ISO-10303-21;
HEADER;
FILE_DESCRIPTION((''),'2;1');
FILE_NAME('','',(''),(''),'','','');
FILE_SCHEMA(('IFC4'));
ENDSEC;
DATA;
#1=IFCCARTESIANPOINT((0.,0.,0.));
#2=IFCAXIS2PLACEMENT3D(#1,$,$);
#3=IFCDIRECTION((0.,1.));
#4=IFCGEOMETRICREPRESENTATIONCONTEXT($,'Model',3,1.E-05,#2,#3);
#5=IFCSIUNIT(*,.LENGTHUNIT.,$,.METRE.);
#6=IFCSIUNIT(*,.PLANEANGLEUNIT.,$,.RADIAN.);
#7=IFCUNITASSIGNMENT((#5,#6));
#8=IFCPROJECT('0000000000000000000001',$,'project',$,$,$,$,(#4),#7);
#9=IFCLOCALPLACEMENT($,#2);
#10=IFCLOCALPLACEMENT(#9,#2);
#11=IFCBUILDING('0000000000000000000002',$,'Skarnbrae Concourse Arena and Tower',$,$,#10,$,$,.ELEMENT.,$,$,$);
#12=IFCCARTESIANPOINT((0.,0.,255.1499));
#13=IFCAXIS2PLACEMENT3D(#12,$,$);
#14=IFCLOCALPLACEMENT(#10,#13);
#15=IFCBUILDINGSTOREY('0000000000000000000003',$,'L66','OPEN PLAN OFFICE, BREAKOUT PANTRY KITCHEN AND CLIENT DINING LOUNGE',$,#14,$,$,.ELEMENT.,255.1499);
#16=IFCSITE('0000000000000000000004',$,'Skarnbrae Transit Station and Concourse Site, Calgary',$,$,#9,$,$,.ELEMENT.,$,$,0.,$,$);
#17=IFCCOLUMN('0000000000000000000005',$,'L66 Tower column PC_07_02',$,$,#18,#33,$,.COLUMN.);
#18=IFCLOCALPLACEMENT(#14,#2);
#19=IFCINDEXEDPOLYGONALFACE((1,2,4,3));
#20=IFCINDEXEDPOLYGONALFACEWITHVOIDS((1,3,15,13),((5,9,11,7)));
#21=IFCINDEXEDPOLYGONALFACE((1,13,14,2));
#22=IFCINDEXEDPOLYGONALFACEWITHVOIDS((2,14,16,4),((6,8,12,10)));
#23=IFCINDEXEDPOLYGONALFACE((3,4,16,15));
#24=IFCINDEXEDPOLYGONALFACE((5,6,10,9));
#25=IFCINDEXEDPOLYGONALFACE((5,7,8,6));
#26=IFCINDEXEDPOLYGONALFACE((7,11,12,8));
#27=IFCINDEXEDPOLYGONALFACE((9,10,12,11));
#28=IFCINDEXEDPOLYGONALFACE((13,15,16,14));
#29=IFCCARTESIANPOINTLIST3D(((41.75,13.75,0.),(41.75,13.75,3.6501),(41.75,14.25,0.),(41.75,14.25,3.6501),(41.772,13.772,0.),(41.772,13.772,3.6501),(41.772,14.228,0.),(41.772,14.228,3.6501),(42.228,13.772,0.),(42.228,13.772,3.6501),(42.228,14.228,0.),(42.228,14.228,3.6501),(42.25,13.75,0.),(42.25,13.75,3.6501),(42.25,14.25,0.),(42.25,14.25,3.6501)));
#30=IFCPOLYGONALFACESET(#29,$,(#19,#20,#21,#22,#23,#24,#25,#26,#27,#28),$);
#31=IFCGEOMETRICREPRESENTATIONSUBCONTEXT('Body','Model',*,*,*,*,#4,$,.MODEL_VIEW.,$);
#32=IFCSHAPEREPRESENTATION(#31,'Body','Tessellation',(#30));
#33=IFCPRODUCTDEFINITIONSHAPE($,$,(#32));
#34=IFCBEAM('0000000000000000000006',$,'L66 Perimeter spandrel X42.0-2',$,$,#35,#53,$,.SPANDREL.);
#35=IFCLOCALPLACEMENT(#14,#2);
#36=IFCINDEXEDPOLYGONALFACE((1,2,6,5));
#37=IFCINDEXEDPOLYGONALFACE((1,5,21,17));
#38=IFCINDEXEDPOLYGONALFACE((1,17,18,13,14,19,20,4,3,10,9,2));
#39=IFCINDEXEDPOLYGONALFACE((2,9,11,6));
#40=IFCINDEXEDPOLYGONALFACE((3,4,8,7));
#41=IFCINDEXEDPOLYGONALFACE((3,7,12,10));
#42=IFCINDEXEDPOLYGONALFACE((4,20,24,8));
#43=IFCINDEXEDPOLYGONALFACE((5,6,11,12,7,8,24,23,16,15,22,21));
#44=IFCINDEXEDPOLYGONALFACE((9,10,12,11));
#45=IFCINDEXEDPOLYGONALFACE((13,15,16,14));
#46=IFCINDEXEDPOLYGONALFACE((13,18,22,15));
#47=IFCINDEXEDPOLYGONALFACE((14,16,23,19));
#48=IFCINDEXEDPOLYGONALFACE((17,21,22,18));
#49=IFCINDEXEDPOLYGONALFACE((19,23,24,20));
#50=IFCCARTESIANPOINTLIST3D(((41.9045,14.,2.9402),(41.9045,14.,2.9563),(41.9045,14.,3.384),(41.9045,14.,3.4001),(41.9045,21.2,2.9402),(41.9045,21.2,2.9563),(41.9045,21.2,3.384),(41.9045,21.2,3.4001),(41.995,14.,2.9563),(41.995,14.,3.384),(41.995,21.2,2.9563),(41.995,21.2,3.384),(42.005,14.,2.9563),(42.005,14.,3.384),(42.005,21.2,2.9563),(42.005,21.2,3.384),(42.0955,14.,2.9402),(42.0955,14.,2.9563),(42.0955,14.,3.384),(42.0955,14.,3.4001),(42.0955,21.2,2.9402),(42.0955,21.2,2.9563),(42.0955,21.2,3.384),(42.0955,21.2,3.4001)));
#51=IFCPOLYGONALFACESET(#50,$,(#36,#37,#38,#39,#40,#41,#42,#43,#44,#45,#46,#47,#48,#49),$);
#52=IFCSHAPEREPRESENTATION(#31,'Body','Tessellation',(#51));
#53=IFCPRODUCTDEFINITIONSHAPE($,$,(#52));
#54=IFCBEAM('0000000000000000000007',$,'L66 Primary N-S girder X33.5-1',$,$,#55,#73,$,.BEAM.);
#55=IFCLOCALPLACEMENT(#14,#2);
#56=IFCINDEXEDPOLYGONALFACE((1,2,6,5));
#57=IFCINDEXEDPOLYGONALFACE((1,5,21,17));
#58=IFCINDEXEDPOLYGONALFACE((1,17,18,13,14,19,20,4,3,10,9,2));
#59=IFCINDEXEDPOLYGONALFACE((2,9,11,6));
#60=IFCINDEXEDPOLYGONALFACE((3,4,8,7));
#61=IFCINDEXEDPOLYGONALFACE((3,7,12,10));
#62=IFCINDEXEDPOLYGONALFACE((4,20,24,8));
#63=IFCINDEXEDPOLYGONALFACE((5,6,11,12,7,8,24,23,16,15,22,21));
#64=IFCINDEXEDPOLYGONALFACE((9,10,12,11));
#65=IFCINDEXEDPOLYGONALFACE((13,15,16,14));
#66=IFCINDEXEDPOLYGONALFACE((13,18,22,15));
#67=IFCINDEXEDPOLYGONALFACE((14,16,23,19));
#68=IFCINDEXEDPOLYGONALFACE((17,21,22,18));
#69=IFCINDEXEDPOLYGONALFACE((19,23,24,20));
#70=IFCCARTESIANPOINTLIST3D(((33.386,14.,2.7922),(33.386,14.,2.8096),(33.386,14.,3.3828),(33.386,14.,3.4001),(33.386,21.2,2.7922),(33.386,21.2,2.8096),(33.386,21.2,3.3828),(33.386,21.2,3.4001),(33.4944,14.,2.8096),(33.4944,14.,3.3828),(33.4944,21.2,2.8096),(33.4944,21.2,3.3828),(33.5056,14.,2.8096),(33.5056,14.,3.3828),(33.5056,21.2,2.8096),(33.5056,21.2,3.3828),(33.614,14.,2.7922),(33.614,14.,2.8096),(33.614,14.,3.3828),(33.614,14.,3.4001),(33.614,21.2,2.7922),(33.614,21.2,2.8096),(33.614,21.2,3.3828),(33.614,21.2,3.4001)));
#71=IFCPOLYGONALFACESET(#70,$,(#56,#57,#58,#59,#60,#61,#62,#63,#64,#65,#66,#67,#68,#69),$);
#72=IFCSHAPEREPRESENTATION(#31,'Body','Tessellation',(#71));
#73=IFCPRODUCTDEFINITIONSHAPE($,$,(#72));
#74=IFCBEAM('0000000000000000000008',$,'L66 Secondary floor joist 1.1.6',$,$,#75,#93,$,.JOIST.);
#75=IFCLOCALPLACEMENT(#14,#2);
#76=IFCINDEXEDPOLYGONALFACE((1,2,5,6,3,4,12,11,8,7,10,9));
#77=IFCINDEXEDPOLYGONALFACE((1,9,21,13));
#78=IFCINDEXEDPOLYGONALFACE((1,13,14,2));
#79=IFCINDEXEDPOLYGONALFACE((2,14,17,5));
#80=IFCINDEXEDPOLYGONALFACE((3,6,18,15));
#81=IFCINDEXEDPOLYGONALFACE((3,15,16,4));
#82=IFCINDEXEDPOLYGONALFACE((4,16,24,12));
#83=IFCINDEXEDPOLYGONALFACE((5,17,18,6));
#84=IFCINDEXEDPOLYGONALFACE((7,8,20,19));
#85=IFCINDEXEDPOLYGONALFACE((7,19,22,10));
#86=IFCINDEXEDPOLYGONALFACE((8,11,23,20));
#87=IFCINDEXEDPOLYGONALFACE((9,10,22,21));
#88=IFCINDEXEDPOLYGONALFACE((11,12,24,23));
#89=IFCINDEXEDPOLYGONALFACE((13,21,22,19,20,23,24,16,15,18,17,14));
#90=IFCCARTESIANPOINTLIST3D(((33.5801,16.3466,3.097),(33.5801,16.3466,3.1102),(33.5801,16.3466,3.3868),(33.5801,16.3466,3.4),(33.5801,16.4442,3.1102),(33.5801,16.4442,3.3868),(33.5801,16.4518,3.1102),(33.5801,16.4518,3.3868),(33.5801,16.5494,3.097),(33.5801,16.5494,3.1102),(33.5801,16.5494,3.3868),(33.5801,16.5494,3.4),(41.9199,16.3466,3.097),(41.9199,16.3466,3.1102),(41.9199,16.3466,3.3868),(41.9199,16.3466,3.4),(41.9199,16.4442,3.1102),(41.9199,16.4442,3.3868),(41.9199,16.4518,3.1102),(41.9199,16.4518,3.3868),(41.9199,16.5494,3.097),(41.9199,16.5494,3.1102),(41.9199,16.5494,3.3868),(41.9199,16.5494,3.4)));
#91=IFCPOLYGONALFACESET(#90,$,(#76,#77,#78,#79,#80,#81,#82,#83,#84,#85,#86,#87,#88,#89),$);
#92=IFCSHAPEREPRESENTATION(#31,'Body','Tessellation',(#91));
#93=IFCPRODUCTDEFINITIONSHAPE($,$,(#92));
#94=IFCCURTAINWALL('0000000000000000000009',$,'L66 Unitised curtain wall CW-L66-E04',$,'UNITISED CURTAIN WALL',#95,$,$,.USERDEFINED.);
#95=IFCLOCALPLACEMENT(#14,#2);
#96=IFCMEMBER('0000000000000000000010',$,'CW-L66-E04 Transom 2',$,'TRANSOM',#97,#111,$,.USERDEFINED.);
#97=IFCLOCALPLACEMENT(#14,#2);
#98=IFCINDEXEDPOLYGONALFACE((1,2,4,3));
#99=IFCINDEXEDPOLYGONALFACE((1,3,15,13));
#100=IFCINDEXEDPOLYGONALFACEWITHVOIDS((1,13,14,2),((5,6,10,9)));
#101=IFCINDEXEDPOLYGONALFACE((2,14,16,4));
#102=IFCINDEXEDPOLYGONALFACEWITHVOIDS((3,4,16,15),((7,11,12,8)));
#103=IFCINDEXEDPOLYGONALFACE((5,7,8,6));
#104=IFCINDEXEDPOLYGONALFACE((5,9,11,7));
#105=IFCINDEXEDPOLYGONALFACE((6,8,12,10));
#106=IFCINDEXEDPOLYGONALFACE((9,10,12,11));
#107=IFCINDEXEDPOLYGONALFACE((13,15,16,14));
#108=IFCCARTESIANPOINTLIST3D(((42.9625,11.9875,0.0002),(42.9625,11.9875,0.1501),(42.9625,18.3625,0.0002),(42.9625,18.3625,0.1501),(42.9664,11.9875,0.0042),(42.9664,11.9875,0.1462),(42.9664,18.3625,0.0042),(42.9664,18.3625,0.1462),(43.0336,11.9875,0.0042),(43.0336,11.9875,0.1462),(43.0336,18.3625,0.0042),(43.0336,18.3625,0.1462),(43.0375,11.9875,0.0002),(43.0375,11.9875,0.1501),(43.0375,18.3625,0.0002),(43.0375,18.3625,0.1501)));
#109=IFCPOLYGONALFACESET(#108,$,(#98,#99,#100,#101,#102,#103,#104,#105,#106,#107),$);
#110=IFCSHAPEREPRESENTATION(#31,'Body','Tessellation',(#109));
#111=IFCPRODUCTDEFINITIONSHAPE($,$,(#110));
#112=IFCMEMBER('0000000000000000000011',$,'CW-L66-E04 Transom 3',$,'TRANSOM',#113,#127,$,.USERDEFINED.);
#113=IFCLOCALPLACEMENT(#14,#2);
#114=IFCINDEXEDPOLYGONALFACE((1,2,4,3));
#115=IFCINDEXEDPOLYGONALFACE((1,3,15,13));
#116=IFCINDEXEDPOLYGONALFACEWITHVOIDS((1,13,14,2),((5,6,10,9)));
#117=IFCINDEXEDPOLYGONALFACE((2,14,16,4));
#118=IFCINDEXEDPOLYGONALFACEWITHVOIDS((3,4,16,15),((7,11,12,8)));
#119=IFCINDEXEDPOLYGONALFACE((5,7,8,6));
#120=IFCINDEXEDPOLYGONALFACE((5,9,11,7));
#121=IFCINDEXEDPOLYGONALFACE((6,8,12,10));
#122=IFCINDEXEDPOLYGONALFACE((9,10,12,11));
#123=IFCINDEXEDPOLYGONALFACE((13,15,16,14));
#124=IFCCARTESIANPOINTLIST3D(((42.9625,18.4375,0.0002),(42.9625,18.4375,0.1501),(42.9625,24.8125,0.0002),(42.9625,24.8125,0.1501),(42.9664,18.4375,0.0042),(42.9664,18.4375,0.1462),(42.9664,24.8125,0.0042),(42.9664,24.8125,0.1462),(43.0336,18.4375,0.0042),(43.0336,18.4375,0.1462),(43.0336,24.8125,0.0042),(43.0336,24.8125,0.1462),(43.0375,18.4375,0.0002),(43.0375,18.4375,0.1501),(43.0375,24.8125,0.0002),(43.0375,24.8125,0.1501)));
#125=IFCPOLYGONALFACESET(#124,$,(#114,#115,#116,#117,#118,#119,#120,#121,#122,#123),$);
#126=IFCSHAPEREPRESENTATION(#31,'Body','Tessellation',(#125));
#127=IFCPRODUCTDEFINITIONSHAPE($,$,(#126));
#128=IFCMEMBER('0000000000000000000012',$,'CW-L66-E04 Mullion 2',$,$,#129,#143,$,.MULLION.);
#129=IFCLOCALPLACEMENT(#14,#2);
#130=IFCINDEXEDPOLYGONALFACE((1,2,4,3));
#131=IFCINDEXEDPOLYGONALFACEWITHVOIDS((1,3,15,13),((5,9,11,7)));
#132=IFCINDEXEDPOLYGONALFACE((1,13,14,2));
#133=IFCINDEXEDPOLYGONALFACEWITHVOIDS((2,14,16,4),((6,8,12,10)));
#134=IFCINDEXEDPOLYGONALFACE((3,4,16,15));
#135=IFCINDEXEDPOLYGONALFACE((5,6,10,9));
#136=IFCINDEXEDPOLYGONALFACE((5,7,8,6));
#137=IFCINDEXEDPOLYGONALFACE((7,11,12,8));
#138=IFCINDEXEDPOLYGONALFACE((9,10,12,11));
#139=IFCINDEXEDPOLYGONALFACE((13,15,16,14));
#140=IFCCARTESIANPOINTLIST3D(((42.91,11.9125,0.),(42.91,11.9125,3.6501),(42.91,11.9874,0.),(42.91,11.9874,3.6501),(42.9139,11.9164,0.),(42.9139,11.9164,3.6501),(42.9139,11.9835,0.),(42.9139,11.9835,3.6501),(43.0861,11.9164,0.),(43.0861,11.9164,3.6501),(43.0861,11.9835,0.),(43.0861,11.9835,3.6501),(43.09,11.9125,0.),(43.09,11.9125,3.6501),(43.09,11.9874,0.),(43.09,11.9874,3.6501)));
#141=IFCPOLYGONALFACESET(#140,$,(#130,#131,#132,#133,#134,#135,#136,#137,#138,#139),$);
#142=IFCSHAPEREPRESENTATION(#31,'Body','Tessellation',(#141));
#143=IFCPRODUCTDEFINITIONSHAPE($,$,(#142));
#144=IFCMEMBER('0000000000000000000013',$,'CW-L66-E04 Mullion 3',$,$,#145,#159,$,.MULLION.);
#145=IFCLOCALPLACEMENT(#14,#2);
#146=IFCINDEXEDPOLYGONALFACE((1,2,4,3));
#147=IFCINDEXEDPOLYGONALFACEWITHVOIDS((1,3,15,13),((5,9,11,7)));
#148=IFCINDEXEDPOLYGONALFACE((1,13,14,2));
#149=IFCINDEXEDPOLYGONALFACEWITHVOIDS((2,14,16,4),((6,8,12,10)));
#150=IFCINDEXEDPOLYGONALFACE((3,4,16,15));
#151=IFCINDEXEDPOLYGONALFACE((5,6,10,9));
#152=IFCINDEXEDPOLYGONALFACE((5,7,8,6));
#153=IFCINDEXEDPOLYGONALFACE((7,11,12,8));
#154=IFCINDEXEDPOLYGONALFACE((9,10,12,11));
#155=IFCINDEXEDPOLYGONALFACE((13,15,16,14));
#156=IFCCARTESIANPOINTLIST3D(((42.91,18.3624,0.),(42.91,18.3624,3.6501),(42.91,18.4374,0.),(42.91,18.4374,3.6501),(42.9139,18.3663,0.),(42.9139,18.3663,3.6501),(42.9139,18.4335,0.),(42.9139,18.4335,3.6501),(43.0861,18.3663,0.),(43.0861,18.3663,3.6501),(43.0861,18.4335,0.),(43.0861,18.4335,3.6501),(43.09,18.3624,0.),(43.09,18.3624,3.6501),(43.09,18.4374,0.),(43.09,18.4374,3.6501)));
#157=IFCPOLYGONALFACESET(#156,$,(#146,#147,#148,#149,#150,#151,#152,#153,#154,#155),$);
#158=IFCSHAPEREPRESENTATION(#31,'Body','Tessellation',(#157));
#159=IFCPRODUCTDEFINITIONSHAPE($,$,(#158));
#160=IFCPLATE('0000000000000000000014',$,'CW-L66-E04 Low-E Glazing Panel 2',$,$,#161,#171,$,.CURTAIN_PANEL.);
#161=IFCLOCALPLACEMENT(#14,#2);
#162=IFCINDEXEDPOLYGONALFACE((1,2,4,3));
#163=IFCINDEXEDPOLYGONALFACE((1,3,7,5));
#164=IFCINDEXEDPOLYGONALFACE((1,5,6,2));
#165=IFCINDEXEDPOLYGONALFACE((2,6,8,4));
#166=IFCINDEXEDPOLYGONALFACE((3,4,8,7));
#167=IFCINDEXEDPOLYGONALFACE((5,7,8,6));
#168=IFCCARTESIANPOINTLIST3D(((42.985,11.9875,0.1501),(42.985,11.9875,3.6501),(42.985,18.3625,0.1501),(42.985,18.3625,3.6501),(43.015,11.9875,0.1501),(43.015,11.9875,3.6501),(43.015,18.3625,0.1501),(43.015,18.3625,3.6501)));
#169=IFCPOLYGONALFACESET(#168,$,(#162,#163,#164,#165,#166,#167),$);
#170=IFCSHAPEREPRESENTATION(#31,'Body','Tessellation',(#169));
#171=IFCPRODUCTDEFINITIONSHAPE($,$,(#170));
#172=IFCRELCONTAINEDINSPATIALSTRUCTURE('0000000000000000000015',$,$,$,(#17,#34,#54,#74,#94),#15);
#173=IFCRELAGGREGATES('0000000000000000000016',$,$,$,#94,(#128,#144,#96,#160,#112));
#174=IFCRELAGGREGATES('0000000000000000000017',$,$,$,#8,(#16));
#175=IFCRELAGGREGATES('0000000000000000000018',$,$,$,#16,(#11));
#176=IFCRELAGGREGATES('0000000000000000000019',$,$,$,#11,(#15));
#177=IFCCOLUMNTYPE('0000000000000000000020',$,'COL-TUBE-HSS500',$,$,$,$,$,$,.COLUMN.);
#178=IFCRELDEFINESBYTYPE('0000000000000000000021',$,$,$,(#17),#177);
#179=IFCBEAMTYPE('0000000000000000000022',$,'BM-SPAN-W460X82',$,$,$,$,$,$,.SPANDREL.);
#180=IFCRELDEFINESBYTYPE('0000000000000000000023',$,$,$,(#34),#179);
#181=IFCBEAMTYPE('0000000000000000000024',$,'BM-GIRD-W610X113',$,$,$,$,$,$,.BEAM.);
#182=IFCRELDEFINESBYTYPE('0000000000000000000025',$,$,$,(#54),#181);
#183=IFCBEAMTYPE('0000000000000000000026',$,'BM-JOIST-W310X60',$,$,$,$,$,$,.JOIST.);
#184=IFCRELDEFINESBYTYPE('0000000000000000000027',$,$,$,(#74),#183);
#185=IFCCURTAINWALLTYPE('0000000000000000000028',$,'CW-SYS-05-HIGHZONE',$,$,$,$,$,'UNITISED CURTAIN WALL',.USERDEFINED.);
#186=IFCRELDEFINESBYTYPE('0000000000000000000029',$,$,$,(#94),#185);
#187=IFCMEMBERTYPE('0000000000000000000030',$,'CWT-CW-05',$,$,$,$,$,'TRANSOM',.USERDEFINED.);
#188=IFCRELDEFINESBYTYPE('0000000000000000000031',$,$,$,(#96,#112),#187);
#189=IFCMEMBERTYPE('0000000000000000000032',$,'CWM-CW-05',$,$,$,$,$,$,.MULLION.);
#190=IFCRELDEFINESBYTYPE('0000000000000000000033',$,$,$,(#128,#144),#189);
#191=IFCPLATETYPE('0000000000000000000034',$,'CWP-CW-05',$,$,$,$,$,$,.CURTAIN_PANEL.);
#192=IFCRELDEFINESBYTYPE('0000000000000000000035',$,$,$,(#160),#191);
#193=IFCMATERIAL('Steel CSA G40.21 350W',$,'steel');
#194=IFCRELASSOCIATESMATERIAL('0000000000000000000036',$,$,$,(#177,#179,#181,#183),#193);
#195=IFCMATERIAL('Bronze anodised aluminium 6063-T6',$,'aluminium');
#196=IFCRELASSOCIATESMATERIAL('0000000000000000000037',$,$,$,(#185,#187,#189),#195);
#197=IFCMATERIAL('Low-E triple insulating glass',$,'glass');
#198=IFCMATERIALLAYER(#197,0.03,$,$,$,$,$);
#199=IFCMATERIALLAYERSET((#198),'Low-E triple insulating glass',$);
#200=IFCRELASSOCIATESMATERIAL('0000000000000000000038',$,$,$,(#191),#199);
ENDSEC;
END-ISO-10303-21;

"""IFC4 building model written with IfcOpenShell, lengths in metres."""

from ifc_helpers import new_model, si_unit, direction, frame, origin, origin_2d, place, context, subcontext, project, spatial, rectangle, hollow_rectangle, i_section, extrude, source, transform, mapped, material, layer, layer_set, material_profile, profile_set, type_object, element, aggregate, save


model = new_model("IFC4")

# Units and contexts
model_context = context("Model", 3, precision=1e-05, world=origin(), true_north=direction((0.0, 1.0)))
body_context = subcontext(model_context, "Body", "Model", "MODEL_VIEW")
ifc_project = project(units=[si_unit("LENGTHUNIT", "METRE"), si_unit("PLANEANGLEUNIT", "RADIAN")], contexts=[model_context])

# Site, building, storey
site_placement = place(None, origin())
site = spatial("IfcSite", under=ifc_project, at=site_placement, Name="Skarnbrae Transit Station and Concourse Site, Calgary", CompositionType="ELEMENT", RefElevation=0.0)
building_placement = place(site_placement, origin())
building = spatial("IfcBuilding", under=site, at=building_placement, Name="Skarnbrae Concourse Arena and Tower", CompositionType="ELEMENT")
storey_placement = place(building_placement, frame((0.0, 0.0, 255.1499)))
storey = spatial("IfcBuildingStorey", under=building, at=storey_placement, Name="L66", Description="OPEN PLAN OFFICE, BREAKOUT PANTRY KITCHEN AND CLIENT DINING LOUNGE", CompositionType="ELEMENT", Elevation=255.1499)

# Column
ifc_material_1 = material(Name="Steel CSA G40.21 350W", Category="steel")
ifc_material_profile_1 = material_profile(ifc_material_1, hollow_rectangle(XDim=0.5, YDim=0.5, WallThickness=0.022, at=origin_2d()), Name="HSS500X500X22.0")
ifc_profile_set_1 = profile_set([ifc_material_profile_1], Name="Steel CSA G40.21 350W")
column_type = type_object("IfcColumnType", Name="COL-TUBE-HSS500", PredefinedType="COLUMN", material=ifc_profile_set_1)
shared_shape_1 = source(origin(), body_context, "Body", "SweptSolid", [
    extrude(hollow_rectangle(XDim=0.5, YDim=0.5, WallThickness=0.022, at=origin_2d()), origin(), (0.0, 0.0, 1.0), 3.6501),
])
column_placement = place(storey_placement, frame((42.0, 14.0, 0.0), z_axis=(0.0, 0.0, 1.0), x_axis=(1.0, 0.0, 0.0)))
element("IfcColumn", 1, at=column_placement, inside=storey, type_object=column_type, Name="L66 Tower column PC_07_02", PredefinedType="COLUMN", context=body_context, shape_type="MappedRepresentation", body=[
    mapped(shared_shape_1, transform((0.0, 0.0, 0.0))),
])

# Beams
ifc_material_profile_2 = material_profile(ifc_material_1, i_section(OverallWidth=0.1909, OverallDepth=0.46, WebThickness=0.01, FlangeThickness=0.0161, at=origin_2d()), Name="W460X82")
ifc_profile_set_2 = profile_set([ifc_material_profile_2], Name="Steel CSA G40.21 350W")
beam_type_1 = type_object("IfcBeamType", Name="BM-SPAN-W460X82", PredefinedType="SPANDREL", material=ifc_profile_set_2)
shared_shape_2 = source(origin(), body_context, "Body", "SweptSolid", [
    extrude(i_section(OverallWidth=0.1909, OverallDepth=0.46, WebThickness=0.01, FlangeThickness=0.0161, at=origin_2d()), origin(), (0.0, 0.0, 1.0), 7.2),
])
beam_1_placement = place(storey_placement, frame((42.0, 14.0, 3.1702), z_axis=(0.0, 1.0, 0.0), x_axis=(-1.0, 0.0, 0.0)))
element("IfcBeam", 2, at=beam_1_placement, inside=storey, type_object=beam_type_1, Name="L66 Perimeter spandrel X42.0-2", PredefinedType="SPANDREL", context=body_context, shape_type="MappedRepresentation", body=[
    mapped(shared_shape_2, transform((0.0, 0.0, 0.0))),
])
ifc_material_profile_3 = material_profile(ifc_material_1, i_section(OverallWidth=0.228, OverallDepth=0.6079, WebThickness=0.0112, FlangeThickness=0.0173, at=origin_2d()), Name="W610X113")
ifc_profile_set_3 = profile_set([ifc_material_profile_3], Name="Steel CSA G40.21 350W")
beam_type_2 = type_object("IfcBeamType", Name="BM-GIRD-W610X113", PredefinedType="BEAM", material=ifc_profile_set_3)
shared_shape_3 = source(origin(), body_context, "Body", "SweptSolid", [
    extrude(i_section(OverallWidth=0.228, OverallDepth=0.6079, WebThickness=0.0112, FlangeThickness=0.0173, at=origin_2d()), origin(), (0.0, 0.0, 1.0), 7.2),
])
beam_2_placement = place(storey_placement, frame((33.5, 14.0, 3.0962), z_axis=(0.0, 1.0, 0.0), x_axis=(-1.0, 0.0, 0.0)))
element("IfcBeam", 3, at=beam_2_placement, inside=storey, type_object=beam_type_2, Name="L66 Primary N-S girder X33.5-1", PredefinedType="BEAM", context=body_context, shape_type="MappedRepresentation", body=[
    mapped(shared_shape_3, transform((0.0, 0.0, 0.0))),
])
ifc_material_profile_4 = material_profile(ifc_material_1, i_section(OverallWidth=0.2029, OverallDepth=0.303, WebThickness=0.0076, FlangeThickness=0.0132, at=origin_2d()), Name="W310X60")
ifc_profile_set_4 = profile_set([ifc_material_profile_4], Name="Steel CSA G40.21 350W")
beam_type_3 = type_object("IfcBeamType", Name="BM-JOIST-W310X60", PredefinedType="JOIST", material=ifc_profile_set_4)
shared_shape_4 = source(origin(), body_context, "Body", "SweptSolid", [
    extrude(i_section(OverallWidth=0.2029, OverallDepth=0.303, WebThickness=0.0076, FlangeThickness=0.0132, at=origin_2d()), origin(), (0.0, 0.0, 1.0), 8.3398),
])
beam_3_placement = place(storey_placement, frame((33.5801, 16.448, 3.2485), z_axis=(1.0, 0.0, 0.0), x_axis=(0.0, 1.0, 0.0)))
element("IfcBeam", 4, at=beam_3_placement, inside=storey, type_object=beam_type_3, Name="L66 Secondary floor joist 1.1.6", PredefinedType="JOIST", context=body_context, shape_type="MappedRepresentation", body=[
    mapped(shared_shape_4, transform((0.0, 0.0, 0.0))),
])

# Curtain wall, members, plate
ifc_material_2 = material(Name="Bronze anodised aluminium 6063-T6", Category="aluminium")
curtain_wall_type = type_object("IfcCurtainWallType", Name="CW-SYS-05-HIGHZONE", ElementType="UNITISED CURTAIN WALL", PredefinedType="USERDEFINED", material=ifc_material_2)
curtain_wall_placement = place(storey_placement, origin())
curtain_wall = element("IfcCurtainWall", 5, at=curtain_wall_placement, inside=storey, type_object=curtain_wall_type, Name="L66 Unitised curtain wall CW-L66-E04", ObjectType="UNITISED CURTAIN WALL", PredefinedType="USERDEFINED")
ifc_material_profile_5 = material_profile(ifc_material_2, hollow_rectangle(XDim=0.075, YDim=0.1499, WallThickness=0.0039, at=origin_2d()), Name="ALU-TRAN-75X150")
ifc_profile_set_5 = profile_set([ifc_material_profile_5], Name="Bronze anodised aluminium 6063-T6")
member_type_1 = type_object("IfcMemberType", Name="CWT-CW-05", ElementType="TRANSOM", PredefinedType="USERDEFINED", material=ifc_profile_set_5)
shared_shape_5 = source(origin(), body_context, "Body", "SweptSolid", [
    extrude(hollow_rectangle(XDim=0.075, YDim=0.1499, WallThickness=0.0039, at=origin_2d()), origin(), (0.0, 0.0, 1.0), 6.375),
])
member_1_placement = place(storey_placement, frame((43.0, 11.9875, 0.0752), z_axis=(0.0, 1.0, 0.0), x_axis=(-1.0, 0.0, 0.0)))
member_1 = element("IfcMember", 6, at=member_1_placement, type_object=member_type_1, Name="CW-L66-E04 Transom 2", ObjectType="TRANSOM", PredefinedType="USERDEFINED", context=body_context, shape_type="MappedRepresentation", body=[
    mapped(shared_shape_5, transform((0.0, 0.0, 0.0))),
])
member_2_placement = place(storey_placement, frame((43.0, 18.4375, 0.0752), z_axis=(0.0, 1.0, 0.0), x_axis=(-1.0, 0.0, 0.0)))
member_2 = element("IfcMember", 7, at=member_2_placement, type_object=member_type_1, Name="CW-L66-E04 Transom 3", ObjectType="TRANSOM", PredefinedType="USERDEFINED", context=body_context, shape_type="MappedRepresentation", body=[
    mapped(shared_shape_5, transform((0.0, 0.0, 0.0))),
])
ifc_material_profile_6 = material_profile(ifc_material_2, hollow_rectangle(XDim=0.075, YDim=0.1799, WallThickness=0.0039, at=origin_2d()), Name="ALU-MULL-75X180")
ifc_profile_set_6 = profile_set([ifc_material_profile_6], Name="Bronze anodised aluminium 6063-T6")
member_type_2 = type_object("IfcMemberType", Name="CWM-CW-05", PredefinedType="MULLION", material=ifc_profile_set_6)
shared_shape_6 = source(origin(), body_context, "Body", "SweptSolid", [
    extrude(hollow_rectangle(XDim=0.075, YDim=0.1799, WallThickness=0.0039, at=origin_2d()), origin(), (0.0, 0.0, 1.0), 3.6501),
])
member_3_placement = place(storey_placement, frame((43.0, 11.95, 0.0), z_axis=(0.0, 0.0, 1.0), x_axis=(0.0, 1.0, 0.0)))
member_3 = element("IfcMember", 8, at=member_3_placement, type_object=member_type_2, Name="CW-L66-E04 Mullion 2", PredefinedType="MULLION", context=body_context, shape_type="MappedRepresentation", body=[
    mapped(shared_shape_6, transform((0.0, 0.0, 0.0))),
])
member_4_placement = place(storey_placement, frame((43.0, 18.3999, 0.0), z_axis=(0.0, 0.0, 1.0), x_axis=(0.0, 1.0, 0.0)))
member_4 = element("IfcMember", 9, at=member_4_placement, type_object=member_type_2, Name="CW-L66-E04 Mullion 3", PredefinedType="MULLION", context=body_context, shape_type="MappedRepresentation", body=[
    mapped(shared_shape_6, transform((0.0, 0.0, 0.0))),
])
ifc_material_3 = material(Name="Low-E triple insulating glass", Category="glass")
ifc_layer_1 = layer(ifc_material_3, 0.03)
ifc_layer_set_1 = layer_set([ifc_layer_1], Name="Low-E triple insulating glass")
plate_type = type_object("IfcPlateType", Name="CWP-CW-05", PredefinedType="CURTAIN_PANEL", material=ifc_layer_set_1)
shared_shape_7 = source(origin(), body_context, "Body", "SweptSolid", [
    extrude(rectangle(XDim=6.375, YDim=0.03, at=origin_2d()), origin(), (0.0, 0.0, 1.0), 3.5),
])
plate_placement = place(storey_placement, frame((43.0, 15.175, 0.1501), z_axis=(0.0, 0.0, 1.0), x_axis=(0.0, 1.0, 0.0)))
plate = element("IfcPlate", 10, at=plate_placement, type_object=plate_type, Name="CW-L66-E04 Low-E Glazing Panel 2", PredefinedType="CURTAIN_PANEL", context=body_context, shape_type="MappedRepresentation", body=[
    mapped(shared_shape_7, transform((0.0, 0.0, 0.0))),
])
aggregate(curtain_wall, [member_3, member_4, member_1, plate, member_2])

save(model, "model.ifc")
